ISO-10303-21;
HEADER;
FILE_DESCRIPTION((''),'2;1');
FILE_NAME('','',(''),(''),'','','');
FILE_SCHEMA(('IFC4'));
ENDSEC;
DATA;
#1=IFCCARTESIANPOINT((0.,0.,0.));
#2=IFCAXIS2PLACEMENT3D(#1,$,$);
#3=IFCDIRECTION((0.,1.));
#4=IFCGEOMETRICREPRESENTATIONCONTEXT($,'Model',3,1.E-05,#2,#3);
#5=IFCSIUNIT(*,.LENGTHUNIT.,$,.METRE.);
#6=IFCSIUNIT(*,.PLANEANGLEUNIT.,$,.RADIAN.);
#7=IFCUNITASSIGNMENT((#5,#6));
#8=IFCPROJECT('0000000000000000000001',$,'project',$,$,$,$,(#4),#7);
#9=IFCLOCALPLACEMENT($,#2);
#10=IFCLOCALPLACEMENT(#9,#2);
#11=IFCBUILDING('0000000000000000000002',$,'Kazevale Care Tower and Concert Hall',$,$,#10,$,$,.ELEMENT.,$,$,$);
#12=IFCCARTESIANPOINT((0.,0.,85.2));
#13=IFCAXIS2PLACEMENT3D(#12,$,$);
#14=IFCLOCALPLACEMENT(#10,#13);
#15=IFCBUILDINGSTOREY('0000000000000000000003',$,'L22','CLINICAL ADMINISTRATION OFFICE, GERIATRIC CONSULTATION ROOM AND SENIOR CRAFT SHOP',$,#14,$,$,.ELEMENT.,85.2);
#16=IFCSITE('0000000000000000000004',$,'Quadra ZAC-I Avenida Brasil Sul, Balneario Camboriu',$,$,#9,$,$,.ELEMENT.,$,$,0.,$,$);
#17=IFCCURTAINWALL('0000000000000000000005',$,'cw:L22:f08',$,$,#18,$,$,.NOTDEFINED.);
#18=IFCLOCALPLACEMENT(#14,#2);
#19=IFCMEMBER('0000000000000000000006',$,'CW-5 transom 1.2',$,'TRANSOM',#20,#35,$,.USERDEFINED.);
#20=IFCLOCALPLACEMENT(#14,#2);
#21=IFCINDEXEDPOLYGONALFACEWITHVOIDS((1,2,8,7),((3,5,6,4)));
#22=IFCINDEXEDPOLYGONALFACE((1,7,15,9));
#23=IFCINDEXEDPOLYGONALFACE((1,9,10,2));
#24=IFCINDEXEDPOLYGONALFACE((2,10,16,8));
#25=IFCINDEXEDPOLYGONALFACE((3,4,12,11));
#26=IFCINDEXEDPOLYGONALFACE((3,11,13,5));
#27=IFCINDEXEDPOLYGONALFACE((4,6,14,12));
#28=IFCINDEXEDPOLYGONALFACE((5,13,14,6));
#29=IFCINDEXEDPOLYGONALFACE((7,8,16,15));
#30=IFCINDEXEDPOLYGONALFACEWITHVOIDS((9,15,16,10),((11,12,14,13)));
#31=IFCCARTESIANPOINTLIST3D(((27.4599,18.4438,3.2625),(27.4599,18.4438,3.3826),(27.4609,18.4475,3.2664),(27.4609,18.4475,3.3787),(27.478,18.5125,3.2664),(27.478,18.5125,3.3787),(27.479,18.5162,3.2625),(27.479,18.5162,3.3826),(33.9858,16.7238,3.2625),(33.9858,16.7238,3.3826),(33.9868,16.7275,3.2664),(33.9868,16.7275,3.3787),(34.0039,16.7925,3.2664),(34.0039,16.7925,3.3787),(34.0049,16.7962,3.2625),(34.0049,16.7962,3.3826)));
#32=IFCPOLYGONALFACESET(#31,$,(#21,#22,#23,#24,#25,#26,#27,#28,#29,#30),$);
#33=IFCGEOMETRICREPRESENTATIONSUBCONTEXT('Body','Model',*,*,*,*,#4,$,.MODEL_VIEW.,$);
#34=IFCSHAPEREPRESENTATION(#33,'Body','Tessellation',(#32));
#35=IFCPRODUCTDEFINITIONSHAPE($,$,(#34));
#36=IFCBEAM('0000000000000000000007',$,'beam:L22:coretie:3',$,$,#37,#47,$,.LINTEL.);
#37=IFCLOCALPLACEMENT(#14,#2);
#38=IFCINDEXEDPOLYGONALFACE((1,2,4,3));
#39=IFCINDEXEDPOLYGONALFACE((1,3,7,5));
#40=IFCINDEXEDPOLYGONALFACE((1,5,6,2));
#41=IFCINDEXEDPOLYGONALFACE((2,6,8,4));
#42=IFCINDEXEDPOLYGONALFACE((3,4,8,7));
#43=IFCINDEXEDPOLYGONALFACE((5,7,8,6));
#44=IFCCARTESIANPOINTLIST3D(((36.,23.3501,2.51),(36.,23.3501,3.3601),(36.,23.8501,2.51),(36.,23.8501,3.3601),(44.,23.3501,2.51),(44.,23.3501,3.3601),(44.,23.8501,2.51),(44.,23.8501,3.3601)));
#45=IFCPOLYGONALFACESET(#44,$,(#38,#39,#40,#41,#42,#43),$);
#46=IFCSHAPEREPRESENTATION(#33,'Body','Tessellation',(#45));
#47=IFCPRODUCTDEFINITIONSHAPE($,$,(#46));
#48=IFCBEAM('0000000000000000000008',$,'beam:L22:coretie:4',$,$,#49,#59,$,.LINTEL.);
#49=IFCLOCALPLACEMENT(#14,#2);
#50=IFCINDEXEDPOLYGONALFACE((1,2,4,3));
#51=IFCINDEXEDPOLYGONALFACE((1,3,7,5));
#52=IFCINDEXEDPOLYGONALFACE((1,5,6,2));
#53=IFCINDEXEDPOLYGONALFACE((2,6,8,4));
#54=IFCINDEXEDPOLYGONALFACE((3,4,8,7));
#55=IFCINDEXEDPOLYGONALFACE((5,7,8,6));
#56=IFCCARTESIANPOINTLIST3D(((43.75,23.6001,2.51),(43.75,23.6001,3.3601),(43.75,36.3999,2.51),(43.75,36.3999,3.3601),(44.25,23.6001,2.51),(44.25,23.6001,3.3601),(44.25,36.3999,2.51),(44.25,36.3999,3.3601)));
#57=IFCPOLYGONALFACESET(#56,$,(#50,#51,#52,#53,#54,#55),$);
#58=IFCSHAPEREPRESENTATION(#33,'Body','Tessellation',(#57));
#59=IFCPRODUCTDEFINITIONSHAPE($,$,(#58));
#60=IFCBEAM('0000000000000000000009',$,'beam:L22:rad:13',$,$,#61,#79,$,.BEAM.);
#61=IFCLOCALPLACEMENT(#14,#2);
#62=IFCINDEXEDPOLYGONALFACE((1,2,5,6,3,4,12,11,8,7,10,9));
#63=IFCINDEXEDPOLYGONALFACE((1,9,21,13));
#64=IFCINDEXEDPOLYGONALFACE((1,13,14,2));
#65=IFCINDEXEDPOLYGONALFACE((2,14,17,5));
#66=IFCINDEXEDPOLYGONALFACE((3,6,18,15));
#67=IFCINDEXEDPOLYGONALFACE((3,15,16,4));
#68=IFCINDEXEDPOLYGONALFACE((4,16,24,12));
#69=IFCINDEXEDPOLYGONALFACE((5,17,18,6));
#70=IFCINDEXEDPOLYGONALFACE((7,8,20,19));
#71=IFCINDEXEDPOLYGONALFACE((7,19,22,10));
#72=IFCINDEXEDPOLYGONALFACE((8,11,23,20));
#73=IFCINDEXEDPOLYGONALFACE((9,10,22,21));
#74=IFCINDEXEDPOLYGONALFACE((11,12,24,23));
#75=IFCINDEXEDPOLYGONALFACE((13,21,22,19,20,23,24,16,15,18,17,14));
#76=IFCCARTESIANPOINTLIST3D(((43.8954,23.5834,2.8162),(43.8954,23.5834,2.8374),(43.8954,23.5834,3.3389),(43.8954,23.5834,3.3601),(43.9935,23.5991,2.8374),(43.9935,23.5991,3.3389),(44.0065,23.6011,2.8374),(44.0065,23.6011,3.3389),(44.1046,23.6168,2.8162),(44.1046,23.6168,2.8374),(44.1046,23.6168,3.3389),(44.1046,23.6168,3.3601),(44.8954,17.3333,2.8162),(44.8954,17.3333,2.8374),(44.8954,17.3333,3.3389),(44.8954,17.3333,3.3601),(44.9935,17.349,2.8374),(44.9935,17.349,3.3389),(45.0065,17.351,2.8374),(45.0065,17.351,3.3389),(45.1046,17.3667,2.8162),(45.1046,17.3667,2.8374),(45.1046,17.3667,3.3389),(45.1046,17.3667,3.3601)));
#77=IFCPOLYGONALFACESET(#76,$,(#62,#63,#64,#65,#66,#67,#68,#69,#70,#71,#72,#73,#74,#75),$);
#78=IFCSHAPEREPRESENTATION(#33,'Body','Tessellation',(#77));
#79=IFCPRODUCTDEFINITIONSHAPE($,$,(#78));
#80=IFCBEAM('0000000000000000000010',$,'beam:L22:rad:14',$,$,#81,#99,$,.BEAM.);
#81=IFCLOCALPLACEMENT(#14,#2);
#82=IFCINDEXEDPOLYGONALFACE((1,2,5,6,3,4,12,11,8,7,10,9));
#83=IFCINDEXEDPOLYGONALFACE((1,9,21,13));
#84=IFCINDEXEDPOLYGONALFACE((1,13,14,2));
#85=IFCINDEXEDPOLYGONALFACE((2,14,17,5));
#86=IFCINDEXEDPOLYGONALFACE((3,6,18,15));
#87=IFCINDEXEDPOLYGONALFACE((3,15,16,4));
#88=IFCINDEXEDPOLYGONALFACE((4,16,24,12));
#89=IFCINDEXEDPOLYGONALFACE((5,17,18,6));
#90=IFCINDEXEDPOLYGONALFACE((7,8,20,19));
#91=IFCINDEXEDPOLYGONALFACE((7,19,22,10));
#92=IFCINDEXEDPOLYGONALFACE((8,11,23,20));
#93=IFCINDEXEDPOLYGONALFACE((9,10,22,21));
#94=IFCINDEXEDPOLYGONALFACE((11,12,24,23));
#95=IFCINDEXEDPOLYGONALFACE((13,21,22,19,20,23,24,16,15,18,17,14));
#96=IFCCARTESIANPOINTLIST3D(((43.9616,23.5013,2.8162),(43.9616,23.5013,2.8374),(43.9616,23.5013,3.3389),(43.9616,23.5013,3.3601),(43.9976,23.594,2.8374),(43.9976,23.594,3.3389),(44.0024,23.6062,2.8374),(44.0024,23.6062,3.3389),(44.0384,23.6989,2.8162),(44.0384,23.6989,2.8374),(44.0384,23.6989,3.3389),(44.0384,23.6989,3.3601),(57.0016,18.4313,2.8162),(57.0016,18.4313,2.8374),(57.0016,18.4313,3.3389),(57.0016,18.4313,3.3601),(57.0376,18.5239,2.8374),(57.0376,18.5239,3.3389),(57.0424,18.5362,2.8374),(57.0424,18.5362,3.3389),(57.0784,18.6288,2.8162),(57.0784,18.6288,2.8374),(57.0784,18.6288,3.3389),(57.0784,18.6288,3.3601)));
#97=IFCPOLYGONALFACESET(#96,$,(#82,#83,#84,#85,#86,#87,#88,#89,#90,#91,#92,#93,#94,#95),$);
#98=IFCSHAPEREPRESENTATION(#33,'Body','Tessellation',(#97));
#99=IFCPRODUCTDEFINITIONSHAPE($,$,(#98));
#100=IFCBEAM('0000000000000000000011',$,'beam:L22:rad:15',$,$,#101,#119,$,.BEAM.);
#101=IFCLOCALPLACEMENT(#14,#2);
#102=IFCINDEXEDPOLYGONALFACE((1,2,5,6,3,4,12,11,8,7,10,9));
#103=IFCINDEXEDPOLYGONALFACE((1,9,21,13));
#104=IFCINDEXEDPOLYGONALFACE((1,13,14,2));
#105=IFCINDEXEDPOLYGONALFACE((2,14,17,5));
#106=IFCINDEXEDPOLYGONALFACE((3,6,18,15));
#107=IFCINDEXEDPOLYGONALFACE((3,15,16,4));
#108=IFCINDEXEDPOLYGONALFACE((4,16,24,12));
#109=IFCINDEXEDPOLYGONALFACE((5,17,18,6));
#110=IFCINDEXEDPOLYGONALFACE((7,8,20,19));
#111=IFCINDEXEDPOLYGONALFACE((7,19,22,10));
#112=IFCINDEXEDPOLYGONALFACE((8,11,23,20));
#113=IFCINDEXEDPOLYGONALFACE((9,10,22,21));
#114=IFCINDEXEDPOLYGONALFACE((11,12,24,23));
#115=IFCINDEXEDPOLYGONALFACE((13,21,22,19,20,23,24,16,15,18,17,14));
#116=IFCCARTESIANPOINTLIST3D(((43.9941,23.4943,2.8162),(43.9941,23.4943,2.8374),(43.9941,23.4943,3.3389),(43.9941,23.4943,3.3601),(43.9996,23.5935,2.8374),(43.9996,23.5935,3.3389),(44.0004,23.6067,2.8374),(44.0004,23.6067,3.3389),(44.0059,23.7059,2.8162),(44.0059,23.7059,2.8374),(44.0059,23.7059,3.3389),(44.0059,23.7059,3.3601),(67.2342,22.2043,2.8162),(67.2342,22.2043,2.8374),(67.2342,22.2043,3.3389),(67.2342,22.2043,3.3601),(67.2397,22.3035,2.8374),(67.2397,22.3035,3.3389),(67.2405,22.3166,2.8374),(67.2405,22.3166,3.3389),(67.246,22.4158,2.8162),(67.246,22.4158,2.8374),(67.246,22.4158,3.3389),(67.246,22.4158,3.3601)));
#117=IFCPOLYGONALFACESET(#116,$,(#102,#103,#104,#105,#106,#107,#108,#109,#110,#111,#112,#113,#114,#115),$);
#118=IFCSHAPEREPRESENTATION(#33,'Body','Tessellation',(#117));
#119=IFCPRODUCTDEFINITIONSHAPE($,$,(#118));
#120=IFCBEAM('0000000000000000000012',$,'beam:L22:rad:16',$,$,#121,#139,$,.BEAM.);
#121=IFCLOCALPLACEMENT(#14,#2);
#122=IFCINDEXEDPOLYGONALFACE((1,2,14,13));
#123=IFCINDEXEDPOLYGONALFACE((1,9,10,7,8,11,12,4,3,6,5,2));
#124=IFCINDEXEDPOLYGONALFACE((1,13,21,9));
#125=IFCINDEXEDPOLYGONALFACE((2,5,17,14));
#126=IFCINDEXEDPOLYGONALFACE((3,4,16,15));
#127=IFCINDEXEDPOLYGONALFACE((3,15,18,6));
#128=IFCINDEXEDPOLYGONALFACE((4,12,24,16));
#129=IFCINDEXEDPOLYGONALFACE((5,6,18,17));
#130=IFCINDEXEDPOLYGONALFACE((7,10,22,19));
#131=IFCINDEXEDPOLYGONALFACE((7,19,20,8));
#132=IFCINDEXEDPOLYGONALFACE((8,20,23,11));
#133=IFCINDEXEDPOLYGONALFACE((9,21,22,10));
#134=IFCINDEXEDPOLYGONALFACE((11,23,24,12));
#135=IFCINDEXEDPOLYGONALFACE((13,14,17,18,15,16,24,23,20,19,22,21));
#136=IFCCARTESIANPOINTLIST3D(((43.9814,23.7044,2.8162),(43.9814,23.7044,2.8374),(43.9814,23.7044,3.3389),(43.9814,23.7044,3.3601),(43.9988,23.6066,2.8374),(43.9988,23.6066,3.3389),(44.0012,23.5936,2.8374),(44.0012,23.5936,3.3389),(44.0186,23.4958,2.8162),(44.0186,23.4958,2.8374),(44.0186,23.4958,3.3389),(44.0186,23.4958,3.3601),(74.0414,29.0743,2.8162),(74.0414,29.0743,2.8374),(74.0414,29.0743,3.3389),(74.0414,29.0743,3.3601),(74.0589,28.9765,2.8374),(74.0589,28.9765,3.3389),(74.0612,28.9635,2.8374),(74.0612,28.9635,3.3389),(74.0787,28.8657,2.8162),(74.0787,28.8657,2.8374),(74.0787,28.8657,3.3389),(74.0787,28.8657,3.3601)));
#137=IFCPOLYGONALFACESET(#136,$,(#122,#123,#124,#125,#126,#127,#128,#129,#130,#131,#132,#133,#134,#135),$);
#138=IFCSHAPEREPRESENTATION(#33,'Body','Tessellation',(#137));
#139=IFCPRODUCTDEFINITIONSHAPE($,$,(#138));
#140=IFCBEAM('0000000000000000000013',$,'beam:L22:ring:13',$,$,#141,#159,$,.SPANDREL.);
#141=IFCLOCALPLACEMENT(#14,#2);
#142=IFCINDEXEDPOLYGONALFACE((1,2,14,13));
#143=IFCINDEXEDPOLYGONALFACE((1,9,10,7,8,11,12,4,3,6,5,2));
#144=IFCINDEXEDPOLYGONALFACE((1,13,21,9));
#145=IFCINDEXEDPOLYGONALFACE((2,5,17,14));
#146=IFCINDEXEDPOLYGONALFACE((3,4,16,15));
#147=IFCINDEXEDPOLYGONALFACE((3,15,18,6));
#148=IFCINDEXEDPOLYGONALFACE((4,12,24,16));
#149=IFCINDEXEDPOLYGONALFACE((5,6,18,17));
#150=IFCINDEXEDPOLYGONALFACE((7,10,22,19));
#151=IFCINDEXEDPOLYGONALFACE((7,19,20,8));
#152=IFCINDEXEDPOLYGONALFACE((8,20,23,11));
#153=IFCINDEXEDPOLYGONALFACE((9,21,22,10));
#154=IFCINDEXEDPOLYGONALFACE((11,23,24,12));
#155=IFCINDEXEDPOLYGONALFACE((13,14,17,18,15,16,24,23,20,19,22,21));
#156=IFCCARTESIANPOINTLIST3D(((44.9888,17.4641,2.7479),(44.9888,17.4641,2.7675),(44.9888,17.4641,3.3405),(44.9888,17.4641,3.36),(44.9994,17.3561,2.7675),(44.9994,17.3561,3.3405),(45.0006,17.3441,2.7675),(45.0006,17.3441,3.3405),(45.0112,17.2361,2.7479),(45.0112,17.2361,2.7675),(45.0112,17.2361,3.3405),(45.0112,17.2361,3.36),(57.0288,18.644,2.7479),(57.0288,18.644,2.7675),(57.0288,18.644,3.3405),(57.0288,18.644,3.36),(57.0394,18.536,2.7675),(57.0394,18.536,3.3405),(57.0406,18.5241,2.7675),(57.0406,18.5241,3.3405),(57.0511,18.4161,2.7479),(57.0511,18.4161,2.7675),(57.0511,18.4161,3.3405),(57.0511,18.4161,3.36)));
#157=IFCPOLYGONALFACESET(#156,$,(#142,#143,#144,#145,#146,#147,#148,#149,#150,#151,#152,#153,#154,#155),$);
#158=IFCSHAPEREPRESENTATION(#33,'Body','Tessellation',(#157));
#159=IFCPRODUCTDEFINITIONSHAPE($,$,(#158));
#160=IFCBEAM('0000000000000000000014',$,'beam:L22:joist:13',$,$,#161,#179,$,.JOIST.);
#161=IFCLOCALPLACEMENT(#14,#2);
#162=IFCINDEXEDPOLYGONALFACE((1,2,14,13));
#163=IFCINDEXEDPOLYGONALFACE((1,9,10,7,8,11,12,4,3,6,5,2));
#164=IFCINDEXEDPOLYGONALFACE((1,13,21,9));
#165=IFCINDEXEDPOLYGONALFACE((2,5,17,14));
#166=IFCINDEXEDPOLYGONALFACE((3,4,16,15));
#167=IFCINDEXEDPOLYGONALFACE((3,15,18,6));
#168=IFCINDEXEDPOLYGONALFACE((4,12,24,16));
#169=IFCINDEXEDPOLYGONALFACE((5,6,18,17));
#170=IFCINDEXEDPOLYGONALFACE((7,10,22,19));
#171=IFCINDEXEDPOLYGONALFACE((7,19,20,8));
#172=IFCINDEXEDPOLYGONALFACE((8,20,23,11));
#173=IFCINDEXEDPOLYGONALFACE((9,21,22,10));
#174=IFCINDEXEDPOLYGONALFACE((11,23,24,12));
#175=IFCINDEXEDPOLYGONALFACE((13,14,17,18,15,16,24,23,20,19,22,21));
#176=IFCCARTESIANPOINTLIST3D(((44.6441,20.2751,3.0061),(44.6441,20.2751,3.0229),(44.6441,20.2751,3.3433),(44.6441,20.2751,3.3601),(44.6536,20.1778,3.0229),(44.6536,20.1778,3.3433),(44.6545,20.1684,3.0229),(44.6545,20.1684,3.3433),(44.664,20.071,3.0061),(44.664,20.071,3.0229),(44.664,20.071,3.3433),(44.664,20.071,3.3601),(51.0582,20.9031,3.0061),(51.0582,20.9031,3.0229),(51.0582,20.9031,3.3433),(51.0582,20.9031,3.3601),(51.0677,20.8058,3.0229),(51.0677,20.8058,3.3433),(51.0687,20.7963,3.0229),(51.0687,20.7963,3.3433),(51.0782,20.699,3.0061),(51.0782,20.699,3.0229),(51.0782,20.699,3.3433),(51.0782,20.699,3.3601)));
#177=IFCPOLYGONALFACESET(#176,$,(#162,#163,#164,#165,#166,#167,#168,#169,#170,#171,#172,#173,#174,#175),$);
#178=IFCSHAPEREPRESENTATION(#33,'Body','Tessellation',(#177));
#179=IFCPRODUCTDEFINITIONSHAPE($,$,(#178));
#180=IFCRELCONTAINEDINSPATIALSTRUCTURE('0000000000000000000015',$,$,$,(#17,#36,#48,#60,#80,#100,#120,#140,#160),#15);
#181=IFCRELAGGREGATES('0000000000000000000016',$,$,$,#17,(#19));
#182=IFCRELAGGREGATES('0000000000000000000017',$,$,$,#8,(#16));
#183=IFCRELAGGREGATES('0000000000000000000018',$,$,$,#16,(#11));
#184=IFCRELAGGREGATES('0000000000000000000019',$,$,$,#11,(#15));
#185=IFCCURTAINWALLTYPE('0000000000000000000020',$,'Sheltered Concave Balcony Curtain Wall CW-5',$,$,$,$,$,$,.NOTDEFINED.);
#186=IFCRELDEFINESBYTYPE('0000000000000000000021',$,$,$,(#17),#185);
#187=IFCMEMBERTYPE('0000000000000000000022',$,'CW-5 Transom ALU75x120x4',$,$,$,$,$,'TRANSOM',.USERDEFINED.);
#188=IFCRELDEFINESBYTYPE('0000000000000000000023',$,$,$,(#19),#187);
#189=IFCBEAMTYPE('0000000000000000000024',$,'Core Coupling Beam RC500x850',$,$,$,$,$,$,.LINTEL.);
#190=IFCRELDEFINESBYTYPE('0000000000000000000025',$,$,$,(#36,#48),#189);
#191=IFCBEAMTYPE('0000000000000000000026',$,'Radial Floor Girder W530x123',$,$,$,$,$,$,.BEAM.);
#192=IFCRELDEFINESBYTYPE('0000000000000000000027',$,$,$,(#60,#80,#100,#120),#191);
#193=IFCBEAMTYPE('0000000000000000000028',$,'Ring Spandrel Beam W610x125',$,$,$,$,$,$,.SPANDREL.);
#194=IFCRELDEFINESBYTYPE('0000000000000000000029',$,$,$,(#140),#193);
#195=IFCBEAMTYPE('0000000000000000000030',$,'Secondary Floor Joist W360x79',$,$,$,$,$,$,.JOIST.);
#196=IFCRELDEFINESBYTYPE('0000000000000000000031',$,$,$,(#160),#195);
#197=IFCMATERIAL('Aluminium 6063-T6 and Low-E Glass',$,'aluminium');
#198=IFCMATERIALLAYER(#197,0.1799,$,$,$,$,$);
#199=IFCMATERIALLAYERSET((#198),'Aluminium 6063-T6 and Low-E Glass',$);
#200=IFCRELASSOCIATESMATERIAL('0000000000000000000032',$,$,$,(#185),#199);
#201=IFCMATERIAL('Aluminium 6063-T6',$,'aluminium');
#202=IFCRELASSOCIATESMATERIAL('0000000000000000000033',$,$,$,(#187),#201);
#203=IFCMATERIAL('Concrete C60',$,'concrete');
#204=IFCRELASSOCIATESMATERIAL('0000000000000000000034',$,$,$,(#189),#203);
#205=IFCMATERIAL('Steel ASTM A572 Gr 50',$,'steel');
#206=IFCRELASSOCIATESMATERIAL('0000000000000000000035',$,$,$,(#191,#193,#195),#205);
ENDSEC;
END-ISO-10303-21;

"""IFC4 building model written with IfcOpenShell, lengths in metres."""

from ifc_helpers import new_model, si_unit, direction, frame, origin, origin_2d, place, context, subcontext, project, spatial, rectangle, hollow_rectangle, i_section, extrude, material, layer, layer_set, material_profile, profile_set, type_object, element, aggregate, save


model = new_model("IFC4")

# Units and contexts
model_context = context("Model", 3, precision=1e-05, world=origin(), true_north=direction((0.0, 1.0)))
body_context = subcontext(model_context, "Body", "Model", "MODEL_VIEW")
ifc_project = project(units=[si_unit("LENGTHUNIT", "METRE"), si_unit("PLANEANGLEUNIT", "RADIAN")], contexts=[model_context])

# Site, building, storey
site_placement = place(None, origin())
site = spatial("IfcSite", under=ifc_project, at=site_placement, Name="Quadra ZAC-I Avenida Brasil Sul, Balneario Camboriu", CompositionType="ELEMENT", RefElevation=0.0)
building_placement = place(site_placement, origin())
building = spatial("IfcBuilding", under=site, at=building_placement, Name="Kazevale Care Tower and Concert Hall", CompositionType="ELEMENT")
storey_placement = place(building_placement, frame((0.0, 0.0, 85.2)))
storey = spatial("IfcBuildingStorey", under=building, at=storey_placement, Name="L22", Description="CLINICAL ADMINISTRATION OFFICE, GERIATRIC CONSULTATION ROOM AND SENIOR CRAFT SHOP", CompositionType="ELEMENT", Elevation=85.2)

# Shared definitions
ifc_material_1 = material(Name="Aluminium 6063-T6 and Low-E Glass", Category="aluminium")
ifc_layer_1 = layer(ifc_material_1, 0.1799)
ifc_layer_set_1 = layer_set([ifc_layer_1], Name="Aluminium 6063-T6 and Low-E Glass")
curtain_wall_type = type_object("IfcCurtainWallType", Name="Sheltered Concave Balcony Curtain Wall CW-5", PredefinedType="NOTDEFINED", material=ifc_layer_set_1)
ifc_material_2 = material(Name="Aluminium 6063-T6", Category="aluminium")

# Curtain wall
curtain_wall_1_placement = place(storey_placement, origin())
curtain_wall_1 = element("IfcCurtainWall", 1, at=curtain_wall_1_placement, inside=storey, type_object=curtain_wall_type, Name="cw:L22:f08", PredefinedType="NOTDEFINED")

# Member
ifc_material_profile_1 = material_profile(ifc_material_2, hollow_rectangle(XDim=0.075, YDim=0.1201, WallThickness=0.0039, at=origin_2d()), Name="ALU75x120x4")
ifc_profile_set_1 = profile_set([ifc_material_profile_1], Name="Aluminium 6063-T6")
member_type_1 = type_object("IfcMemberType", Name="CW-5 Transom ALU75x120x4", ElementType="TRANSOM", PredefinedType="USERDEFINED", material=ifc_profile_set_1)
member_1_placement = place(storey_placement, frame((33.9954, 16.76, 3.3225), z_axis=(-0.966978, 0.254858, 0.0), x_axis=(-0.254858, -0.966978, 0.0)))
member_1 = element("IfcMember", 2, at=member_1_placement, type_object=member_type_1, Name="CW-5 transom 1.2", ObjectType="TRANSOM", PredefinedType="USERDEFINED", context=body_context, shape_type="SweptSolid", body=[
    extrude(hollow_rectangle(XDim=0.075, YDim=0.1201, WallThickness=0.0039, at=origin_2d()), origin(), (0.0, 0.0, 1.0), 6.7488),
])
aggregate(curtain_wall_1, [member_1])

# Beams
ifc_material_3 = material(Name="Concrete C60", Category="concrete")
ifc_material_profile_2 = material_profile(ifc_material_3, rectangle(XDim=0.5, YDim=0.8501, at=origin_2d()), Name="RC-B500x850")
ifc_profile_set_2 = profile_set([ifc_material_profile_2], Name="Concrete C60")
beam_type_1 = type_object("IfcBeamType", Name="Core Coupling Beam RC500x850", PredefinedType="LINTEL", material=ifc_profile_set_2)
beam_1_placement = place(storey_placement, frame((36.0, 23.6001, 2.9351), z_axis=(1.0, 0.0, 0.0), x_axis=(0.0, 1.0, 0.0)))
element("IfcBeam", 3, at=beam_1_placement, inside=storey, type_object=beam_type_1, Name="beam:L22:coretie:3", PredefinedType="LINTEL", context=body_context, shape_type="SweptSolid", body=[
    extrude(rectangle(XDim=0.5, YDim=0.8501, at=origin_2d()), origin(), (0.0, 0.0, 1.0), 8.0),
])
beam_2_placement = place(storey_placement, frame((44.0, 23.6001, 2.9351), z_axis=(0.0, 1.0, 0.0), x_axis=(-1.0, 0.0, 0.0)))
element("IfcBeam", 4, at=beam_2_placement, inside=storey, type_object=beam_type_1, Name="beam:L22:coretie:4", PredefinedType="LINTEL", context=body_context, shape_type="SweptSolid", body=[
    extrude(rectangle(XDim=0.5, YDim=0.8501, at=origin_2d()), origin(), (0.0, 0.0, 1.0), 12.7998),
])
ifc_material_4 = material(Name="Steel ASTM A572 Gr 50", Category="steel")
ifc_material_profile_3 = material_profile(ifc_material_4, i_section(OverallWidth=0.2119, OverallDepth=0.5439, WebThickness=0.0132, FlangeThickness=0.0212, at=origin_2d()), Name="W530x123")
ifc_profile_set_3 = profile_set([ifc_material_profile_3], Name="Steel ASTM A572 Gr 50")
beam_type_2 = type_object("IfcBeamType", Name="Radial Floor Girder W530x123", PredefinedType="BEAM", material=ifc_profile_set_3)
beam_3_placement = place(storey_placement, frame((44.0, 23.6001, 3.0881), z_axis=(0.157991, -0.987441, 0.0), x_axis=(0.987441, 0.157991, 0.0)))
element("IfcBeam", 5, at=beam_3_placement, inside=storey, type_object=beam_type_2, Name="beam:L22:rad:13", PredefinedType="BEAM", context=body_context, shape_type="SweptSolid", body=[
    extrude(i_section(OverallWidth=0.2119, OverallDepth=0.5439, WebThickness=0.0132, FlangeThickness=0.0212, at=origin_2d()), origin(), (0.0, 0.0, 1.0), 6.3296),
])
beam_4_placement = place(storey_placement, frame((44.0, 23.6001, 3.0881), z_axis=(0.93203, -0.362381, 0.0), x_axis=(0.362381, 0.93203, 0.0)))
element("IfcBeam", 6, at=beam_4_placement, inside=storey, type_object=beam_type_2, Name="beam:L22:rad:14", PredefinedType="BEAM", context=body_context, shape_type="SweptSolid", body=[
    extrude(i_section(OverallWidth=0.2119, OverallDepth=0.5439, WebThickness=0.0132, FlangeThickness=0.0212, at=origin_2d()), origin(), (0.0, 0.0, 1.0), 13.991),
])
beam_5_placement = place(storey_placement, frame((44.0, 23.6001, 3.0881), z_axis=(0.998463, -0.055424, 0.0), x_axis=(0.055424, 0.998463, 0.0)))
element("IfcBeam", 7, at=beam_5_placement, inside=storey, type_object=beam_type_2, Name="beam:L22:rad:15", PredefinedType="BEAM", context=body_context, shape_type="SweptSolid", body=[
    extrude(i_section(OverallWidth=0.2119, OverallDepth=0.5439, WebThickness=0.0132, FlangeThickness=0.0212, at=origin_2d()), origin(), (0.0, 0.0, 1.0), 23.2759),
])
beam_6_placement = place(storey_placement, frame((44.0, 23.6001, 3.0881), z_axis=(0.984416, 0.175854, 0.0), x_axis=(-0.175854, 0.984416, 0.0)))
element("IfcBeam", 8, at=beam_6_placement, inside=storey, type_object=beam_type_2, Name="beam:L22:rad:16", PredefinedType="BEAM", context=body_context, shape_type="SweptSolid", body=[
    extrude(i_section(OverallWidth=0.2119, OverallDepth=0.5439, WebThickness=0.0132, FlangeThickness=0.0212, at=origin_2d()), origin(), (0.0, 0.0, 1.0), 30.5359),
])
ifc_material_profile_4 = material_profile(ifc_material_4, i_section(OverallWidth=0.229, OverallDepth=0.6121, WebThickness=0.012, FlangeThickness=0.0195, at=origin_2d()), Name="W610x125")
ifc_profile_set_4 = profile_set([ifc_material_profile_4], Name="Steel ASTM A572 Gr 50")
beam_type_3 = type_object("IfcBeamType", Name="Ring Spandrel Beam W610x125", PredefinedType="SPANDREL", material=ifc_profile_set_4)
beam_7_placement = place(storey_placement, frame((45.0, 17.3501, 3.054), z_axis=(0.995232, 0.097533, 0.0), x_axis=(-0.097533, 0.995232, 0.0)))
element("IfcBeam", 9, at=beam_7_placement, inside=storey, type_object=beam_type_3, Name="beam:L22:ring:13", PredefinedType="SPANDREL", context=body_context, shape_type="SweptSolid", body=[
    extrude(i_section(OverallWidth=0.229, OverallDepth=0.6121, WebThickness=0.012, FlangeThickness=0.0195, at=origin_2d()), origin(), (0.0, 0.0, 1.0), 12.0977),
])
ifc_material_profile_5 = material_profile(ifc_material_4, i_section(OverallWidth=0.2051, OverallDepth=0.354, WebThickness=0.0095, FlangeThickness=0.0168, at=origin_2d()), Name="W360x79")
ifc_profile_set_5 = profile_set([ifc_material_profile_5], Name="Steel ASTM A572 Gr 50")
beam_type_4 = type_object("IfcBeamType", Name="Secondary Floor Joist W360x79", PredefinedType="JOIST", material=ifc_profile_set_5)
beam_8_placement = place(storey_placement, frame((44.6541, 20.1731, 3.1831), z_axis=(0.995242, 0.097433, 0.0), x_axis=(-0.097433, 0.995242, 0.0)))
element("IfcBeam", 10, at=beam_8_placement, inside=storey, type_object=beam_type_4, Name="beam:L22:joist:13", PredefinedType="JOIST", context=body_context, shape_type="SweptSolid", body=[
    extrude(i_section(OverallWidth=0.2051, OverallDepth=0.354, WebThickness=0.0095, FlangeThickness=0.0168, at=origin_2d()), origin(), (0.0, 0.0, 1.0), 6.4448),
])

save(model, "model.ifc")
